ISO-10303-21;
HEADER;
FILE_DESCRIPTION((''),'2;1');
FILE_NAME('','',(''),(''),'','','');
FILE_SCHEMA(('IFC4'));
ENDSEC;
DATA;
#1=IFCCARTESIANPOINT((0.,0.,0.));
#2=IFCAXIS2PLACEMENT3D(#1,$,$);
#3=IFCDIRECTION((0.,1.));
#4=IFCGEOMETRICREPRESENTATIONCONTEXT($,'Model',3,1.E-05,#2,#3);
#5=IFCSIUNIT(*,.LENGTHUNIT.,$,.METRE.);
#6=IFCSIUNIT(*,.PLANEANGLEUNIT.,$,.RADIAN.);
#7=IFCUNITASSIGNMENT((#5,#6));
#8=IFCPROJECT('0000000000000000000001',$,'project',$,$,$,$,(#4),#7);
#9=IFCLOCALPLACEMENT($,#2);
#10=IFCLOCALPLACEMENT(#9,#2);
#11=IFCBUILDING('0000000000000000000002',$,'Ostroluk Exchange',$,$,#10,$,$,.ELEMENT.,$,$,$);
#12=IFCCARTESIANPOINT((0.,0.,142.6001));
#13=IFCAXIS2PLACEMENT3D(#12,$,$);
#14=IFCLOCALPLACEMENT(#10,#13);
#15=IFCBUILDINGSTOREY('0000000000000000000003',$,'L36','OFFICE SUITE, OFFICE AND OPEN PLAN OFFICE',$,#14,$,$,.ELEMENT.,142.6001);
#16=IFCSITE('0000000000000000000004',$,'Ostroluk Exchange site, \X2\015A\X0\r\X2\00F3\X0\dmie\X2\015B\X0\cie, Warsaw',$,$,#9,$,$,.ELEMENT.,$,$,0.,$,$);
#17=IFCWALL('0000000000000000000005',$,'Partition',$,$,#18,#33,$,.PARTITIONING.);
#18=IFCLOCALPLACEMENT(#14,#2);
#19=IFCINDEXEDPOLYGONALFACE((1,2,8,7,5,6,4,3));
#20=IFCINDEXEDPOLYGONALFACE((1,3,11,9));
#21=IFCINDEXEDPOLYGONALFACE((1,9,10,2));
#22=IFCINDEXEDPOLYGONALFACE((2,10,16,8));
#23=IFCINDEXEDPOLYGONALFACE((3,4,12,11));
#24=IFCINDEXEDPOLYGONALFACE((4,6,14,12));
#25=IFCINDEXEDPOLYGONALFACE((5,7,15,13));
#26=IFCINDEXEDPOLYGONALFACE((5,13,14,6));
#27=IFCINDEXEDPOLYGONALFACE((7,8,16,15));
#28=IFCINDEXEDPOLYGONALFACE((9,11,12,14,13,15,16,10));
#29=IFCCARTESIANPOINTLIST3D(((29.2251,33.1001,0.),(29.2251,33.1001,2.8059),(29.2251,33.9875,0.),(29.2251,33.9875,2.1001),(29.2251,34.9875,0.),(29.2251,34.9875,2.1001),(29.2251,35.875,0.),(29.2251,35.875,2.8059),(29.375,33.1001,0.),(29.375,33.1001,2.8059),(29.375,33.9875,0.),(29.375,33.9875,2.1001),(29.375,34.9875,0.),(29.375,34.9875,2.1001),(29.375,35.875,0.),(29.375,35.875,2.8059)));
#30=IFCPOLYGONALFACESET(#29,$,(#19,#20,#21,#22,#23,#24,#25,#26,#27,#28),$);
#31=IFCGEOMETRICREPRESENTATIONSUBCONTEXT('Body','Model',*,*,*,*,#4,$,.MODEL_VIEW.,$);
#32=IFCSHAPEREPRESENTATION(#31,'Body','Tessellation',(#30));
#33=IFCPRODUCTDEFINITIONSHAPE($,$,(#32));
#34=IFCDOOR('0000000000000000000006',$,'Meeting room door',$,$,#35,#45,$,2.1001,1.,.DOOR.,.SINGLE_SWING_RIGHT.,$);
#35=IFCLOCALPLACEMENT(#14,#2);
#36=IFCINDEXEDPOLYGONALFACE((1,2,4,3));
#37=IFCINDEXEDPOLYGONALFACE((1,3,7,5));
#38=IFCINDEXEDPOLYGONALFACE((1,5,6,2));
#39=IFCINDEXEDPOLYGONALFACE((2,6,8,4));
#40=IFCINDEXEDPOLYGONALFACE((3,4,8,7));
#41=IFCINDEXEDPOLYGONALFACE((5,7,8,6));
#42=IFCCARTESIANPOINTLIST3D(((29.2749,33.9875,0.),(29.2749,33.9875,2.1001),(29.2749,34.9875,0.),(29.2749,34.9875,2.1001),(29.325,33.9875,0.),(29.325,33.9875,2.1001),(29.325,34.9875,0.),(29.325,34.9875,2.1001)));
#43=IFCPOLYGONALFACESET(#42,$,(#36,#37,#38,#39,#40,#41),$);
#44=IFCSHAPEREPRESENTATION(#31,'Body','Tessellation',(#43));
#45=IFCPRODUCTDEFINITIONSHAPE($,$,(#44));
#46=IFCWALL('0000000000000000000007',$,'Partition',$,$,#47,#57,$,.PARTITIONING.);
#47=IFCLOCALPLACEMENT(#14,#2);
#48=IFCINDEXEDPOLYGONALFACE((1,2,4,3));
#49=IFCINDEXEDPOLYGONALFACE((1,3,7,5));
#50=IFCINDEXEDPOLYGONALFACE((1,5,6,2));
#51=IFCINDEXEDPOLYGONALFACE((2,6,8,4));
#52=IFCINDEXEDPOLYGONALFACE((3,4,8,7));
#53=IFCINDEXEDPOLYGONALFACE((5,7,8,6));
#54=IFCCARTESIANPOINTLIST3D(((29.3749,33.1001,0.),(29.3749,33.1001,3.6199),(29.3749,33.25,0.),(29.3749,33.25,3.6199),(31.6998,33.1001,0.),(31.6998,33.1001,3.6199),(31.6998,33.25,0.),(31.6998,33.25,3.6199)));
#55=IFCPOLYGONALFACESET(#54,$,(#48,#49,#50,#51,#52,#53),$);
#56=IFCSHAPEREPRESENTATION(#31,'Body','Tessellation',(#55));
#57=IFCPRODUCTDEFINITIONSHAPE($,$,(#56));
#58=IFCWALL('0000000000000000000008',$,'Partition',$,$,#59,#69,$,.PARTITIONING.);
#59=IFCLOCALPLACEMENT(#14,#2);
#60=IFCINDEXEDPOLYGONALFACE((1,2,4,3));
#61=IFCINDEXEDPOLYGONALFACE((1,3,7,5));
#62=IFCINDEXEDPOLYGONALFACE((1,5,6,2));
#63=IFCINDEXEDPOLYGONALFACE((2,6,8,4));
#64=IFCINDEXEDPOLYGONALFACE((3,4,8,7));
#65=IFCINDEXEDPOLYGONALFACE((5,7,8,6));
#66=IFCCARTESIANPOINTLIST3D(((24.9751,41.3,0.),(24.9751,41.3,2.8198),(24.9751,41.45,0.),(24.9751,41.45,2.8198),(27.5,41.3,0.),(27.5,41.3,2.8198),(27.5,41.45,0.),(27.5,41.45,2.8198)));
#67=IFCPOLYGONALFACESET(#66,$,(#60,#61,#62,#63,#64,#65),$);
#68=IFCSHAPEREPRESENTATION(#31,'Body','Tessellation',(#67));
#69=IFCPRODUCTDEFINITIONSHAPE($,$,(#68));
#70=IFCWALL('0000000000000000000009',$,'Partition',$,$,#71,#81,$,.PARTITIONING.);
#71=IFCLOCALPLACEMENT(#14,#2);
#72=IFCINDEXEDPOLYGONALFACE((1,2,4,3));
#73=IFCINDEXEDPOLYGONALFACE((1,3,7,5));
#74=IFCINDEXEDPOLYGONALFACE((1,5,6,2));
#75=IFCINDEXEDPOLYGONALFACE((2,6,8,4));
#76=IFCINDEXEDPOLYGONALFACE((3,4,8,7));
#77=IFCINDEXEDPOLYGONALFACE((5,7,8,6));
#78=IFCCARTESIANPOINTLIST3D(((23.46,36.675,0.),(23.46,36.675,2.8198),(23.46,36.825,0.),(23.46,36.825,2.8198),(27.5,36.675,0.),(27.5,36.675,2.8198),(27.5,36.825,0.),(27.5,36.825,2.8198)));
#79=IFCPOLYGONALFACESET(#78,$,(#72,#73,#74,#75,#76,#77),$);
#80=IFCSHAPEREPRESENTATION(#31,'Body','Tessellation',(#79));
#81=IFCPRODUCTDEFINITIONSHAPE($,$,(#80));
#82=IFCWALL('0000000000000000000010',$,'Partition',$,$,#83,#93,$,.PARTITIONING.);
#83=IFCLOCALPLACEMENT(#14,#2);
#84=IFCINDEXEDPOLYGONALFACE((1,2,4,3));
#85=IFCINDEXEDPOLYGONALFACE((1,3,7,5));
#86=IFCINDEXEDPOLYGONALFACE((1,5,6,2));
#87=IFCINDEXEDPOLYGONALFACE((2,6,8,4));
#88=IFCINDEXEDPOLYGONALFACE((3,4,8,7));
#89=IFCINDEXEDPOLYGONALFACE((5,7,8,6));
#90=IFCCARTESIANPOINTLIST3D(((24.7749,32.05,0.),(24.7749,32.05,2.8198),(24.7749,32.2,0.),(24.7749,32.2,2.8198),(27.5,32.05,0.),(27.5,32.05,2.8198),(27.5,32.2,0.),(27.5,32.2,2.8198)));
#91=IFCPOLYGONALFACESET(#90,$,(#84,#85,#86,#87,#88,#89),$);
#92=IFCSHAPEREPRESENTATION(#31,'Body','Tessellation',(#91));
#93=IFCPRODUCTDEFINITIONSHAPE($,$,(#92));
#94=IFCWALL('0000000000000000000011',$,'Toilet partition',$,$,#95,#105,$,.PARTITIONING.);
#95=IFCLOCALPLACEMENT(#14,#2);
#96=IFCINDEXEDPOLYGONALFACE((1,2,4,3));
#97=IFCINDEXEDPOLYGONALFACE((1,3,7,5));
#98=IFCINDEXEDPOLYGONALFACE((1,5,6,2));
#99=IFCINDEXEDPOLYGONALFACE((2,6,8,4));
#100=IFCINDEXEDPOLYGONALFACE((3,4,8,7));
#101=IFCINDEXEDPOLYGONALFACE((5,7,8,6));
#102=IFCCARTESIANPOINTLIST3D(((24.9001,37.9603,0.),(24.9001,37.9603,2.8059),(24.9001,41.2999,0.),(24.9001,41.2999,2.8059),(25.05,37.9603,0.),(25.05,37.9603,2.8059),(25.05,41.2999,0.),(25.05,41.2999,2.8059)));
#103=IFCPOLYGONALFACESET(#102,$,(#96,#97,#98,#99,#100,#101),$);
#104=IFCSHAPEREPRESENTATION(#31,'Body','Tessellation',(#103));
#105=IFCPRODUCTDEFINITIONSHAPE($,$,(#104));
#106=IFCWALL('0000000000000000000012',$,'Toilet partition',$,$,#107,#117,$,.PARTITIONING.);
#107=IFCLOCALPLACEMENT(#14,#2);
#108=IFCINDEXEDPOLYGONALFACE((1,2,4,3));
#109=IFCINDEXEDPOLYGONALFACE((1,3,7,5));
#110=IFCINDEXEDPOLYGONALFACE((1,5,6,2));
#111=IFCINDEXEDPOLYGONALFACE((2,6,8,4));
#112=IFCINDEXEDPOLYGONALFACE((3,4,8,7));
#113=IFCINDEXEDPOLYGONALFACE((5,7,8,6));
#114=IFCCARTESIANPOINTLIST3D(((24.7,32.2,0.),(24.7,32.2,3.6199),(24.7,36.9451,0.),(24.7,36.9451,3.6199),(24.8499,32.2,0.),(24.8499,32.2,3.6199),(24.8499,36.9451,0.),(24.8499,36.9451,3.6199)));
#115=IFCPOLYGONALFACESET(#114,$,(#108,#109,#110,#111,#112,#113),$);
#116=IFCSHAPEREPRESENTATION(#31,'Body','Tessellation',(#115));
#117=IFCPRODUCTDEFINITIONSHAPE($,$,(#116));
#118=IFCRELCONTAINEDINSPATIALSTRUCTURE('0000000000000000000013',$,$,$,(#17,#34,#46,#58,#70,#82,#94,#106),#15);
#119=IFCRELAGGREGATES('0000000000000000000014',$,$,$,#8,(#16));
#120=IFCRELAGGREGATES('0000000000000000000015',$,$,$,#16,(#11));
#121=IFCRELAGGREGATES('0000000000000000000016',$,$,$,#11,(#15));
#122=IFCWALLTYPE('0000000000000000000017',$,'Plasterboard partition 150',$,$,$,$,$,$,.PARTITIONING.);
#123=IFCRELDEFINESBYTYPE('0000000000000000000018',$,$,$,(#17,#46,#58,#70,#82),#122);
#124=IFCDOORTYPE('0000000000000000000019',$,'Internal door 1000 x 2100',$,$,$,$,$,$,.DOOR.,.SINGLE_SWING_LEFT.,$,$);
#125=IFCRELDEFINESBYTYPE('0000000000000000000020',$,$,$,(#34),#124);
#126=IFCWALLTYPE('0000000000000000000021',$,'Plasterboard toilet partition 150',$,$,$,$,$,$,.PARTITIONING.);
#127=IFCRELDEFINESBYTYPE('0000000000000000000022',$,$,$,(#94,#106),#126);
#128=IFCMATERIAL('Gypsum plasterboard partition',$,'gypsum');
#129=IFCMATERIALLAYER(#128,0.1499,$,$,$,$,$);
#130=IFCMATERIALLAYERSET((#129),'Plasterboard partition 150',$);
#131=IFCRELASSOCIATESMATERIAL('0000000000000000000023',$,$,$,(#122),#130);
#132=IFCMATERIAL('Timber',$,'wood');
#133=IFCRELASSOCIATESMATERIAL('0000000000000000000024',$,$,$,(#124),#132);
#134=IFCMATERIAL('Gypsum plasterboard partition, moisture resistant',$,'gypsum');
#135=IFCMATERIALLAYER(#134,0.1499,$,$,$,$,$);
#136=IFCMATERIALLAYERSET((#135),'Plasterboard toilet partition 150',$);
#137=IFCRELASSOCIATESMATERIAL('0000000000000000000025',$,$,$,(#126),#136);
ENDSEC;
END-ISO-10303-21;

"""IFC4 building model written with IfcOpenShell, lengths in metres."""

from ifc_helpers import new_model, si_unit, direction, frame, frame_2d, origin, place, context, subcontext, project, spatial, rectangle, extrude, material, layer, layer_set, type_object, element, fill, save


model = new_model("IFC4")

# Units and contexts
model_context = context("Model", 3, precision=1e-05, world=origin(), true_north=direction((0.0, 1.0)))
body_context = subcontext(model_context, "Body", "Model", "MODEL_VIEW")
ifc_project = project(units=[si_unit("LENGTHUNIT", "METRE"), si_unit("PLANEANGLEUNIT", "RADIAN")], contexts=[model_context])

# Site, building, storey
site_placement = place(None, origin())
site = spatial("IfcSite", under=ifc_project, at=site_placement, Name="Ostroluk Exchange site, Śródmieście, Warsaw", CompositionType="ELEMENT", RefElevation=0.0)
building_placement = place(site_placement, origin())
building = spatial("IfcBuilding", under=site, at=building_placement, Name="Ostroluk Exchange", CompositionType="ELEMENT")
storey_placement = place(building_placement, frame((0.0, 0.0, 142.6001)))
storey = spatial("IfcBuildingStorey", under=building, at=storey_placement, Name="L36", Description="OFFICE SUITE, OFFICE AND OPEN PLAN OFFICE", CompositionType="ELEMENT", Elevation=142.6001)

# Wall, opening, door
ifc_material_1 = material(Name="Gypsum plasterboard partition", Category="gypsum")
ifc_layer_1 = layer(ifc_material_1, 0.1499)
ifc_layer_set_1 = layer_set([ifc_layer_1], Name="Plasterboard partition 150")
wall_type_1 = type_object("IfcWallType", Name="Plasterboard partition 150", PredefinedType="PARTITIONING", material=ifc_layer_set_1)
wall_1_placement = place(storey_placement, frame((29.3, 35.875, 0.0), z_axis=(0.0, 0.0, 1.0), x_axis=(0.0, -1.0, 0.0)))
wall_1 = element("IfcWall", 1, at=wall_1_placement, inside=storey, type_object=wall_type_1, Name="Partition", PredefinedType="PARTITIONING", context=body_context, shape_type="SweptSolid", body=[
    extrude(rectangle(XDim=2.7749, YDim=0.1499, at=frame_2d((1.3875, 0.0))), origin(), (0.0, 0.0, 1.0), 2.8059),
])
opening_1_placement = place(wall_1_placement, frame((0.8875, 0.0, 0.0)))
opening_1 = element("IfcOpeningElement", 2, at=opening_1_placement, cuts=wall_1, PredefinedType="OPENING", context=body_context, shape_type="SweptSolid", body=[
    extrude(rectangle(XDim=1.0, YDim=2.1001, at=frame_2d((0.5, 1.05))), frame((0.0, 0.085, 0.0), z_axis=(0.0, -1.0, 0.0), x_axis=(1.0, 0.0, 0.0)), (0.0, 0.0, 1.0), 0.1699),
])
ifc_material_2 = material(Name="Timber", Category="wood")
door_type_1 = type_object("IfcDoorType", Name="Internal door 1000 x 2100", OperationType="SINGLE_SWING_LEFT", PredefinedType="DOOR", material=ifc_material_2)
door_1_placement = place(opening_1_placement, origin())
door_1 = element("IfcDoor", 3, at=door_1_placement, inside=storey, type_object=door_type_1, Name="Meeting room door", OperationType="SINGLE_SWING_RIGHT", OverallHeight=2.1001, OverallWidth=1.0, PredefinedType="DOOR", context=body_context, shape_type="SweptSolid", body=[
    extrude(rectangle(XDim=1.0, YDim=2.1001, at=frame_2d((0.5, 1.05))), frame((0.0, 0.0249, 0.0), z_axis=(0.0, -1.0, 0.0), x_axis=(1.0, 0.0, 0.0)), (0.0, 0.0, 1.0), 0.05),
])
fill(opening_1, door_1)

# Walls
wall_2_placement = place(storey_placement, frame((31.7, 33.175, 0.0), z_axis=(0.0, 0.0, 1.0), x_axis=(-1.0, 0.0, 0.0)))
element("IfcWall", 4, at=wall_2_placement, inside=storey, type_object=wall_type_1, Name="Partition", PredefinedType="PARTITIONING", context=body_context, shape_type="SweptSolid", body=[
    extrude(rectangle(XDim=2.325, YDim=0.1499, at=frame_2d((1.1626, 0.0))), origin(), (0.0, 0.0, 1.0), 3.6199),
])
wall_3_placement = place(storey_placement, frame((27.5, 41.375, 0.0), z_axis=(0.0, 0.0, 1.0), x_axis=(-1.0, 0.0, 0.0)))
element("IfcWall", 5, at=wall_3_placement, inside=storey, type_object=wall_type_1, Name="Partition", PredefinedType="PARTITIONING", context=body_context, shape_type="SweptSolid", body=[
    extrude(rectangle(XDim=2.5249, YDim=0.1499, at=frame_2d((1.2625, 0.0))), origin(), (0.0, 0.0, 1.0), 2.8198),
])
wall_4_placement = place(storey_placement, frame((27.5, 36.75, 0.0), z_axis=(0.0, 0.0, 1.0), x_axis=(-1.0, 0.0, 0.0)))
element("IfcWall", 6, at=wall_4_placement, inside=storey, type_object=wall_type_1, Name="Partition", PredefinedType="PARTITIONING", context=body_context, shape_type="SweptSolid", body=[
    extrude(rectangle(XDim=4.04, YDim=0.1499, at=frame_2d((2.02, 0.0))), origin(), (0.0, 0.0, 1.0), 2.8198),
])
wall_5_placement = place(storey_placement, frame((27.5, 32.125, 0.0), z_axis=(0.0, 0.0, 1.0), x_axis=(-1.0, 0.0, 0.0)))
element("IfcWall", 7, at=wall_5_placement, inside=storey, type_object=wall_type_1, Name="Partition", PredefinedType="PARTITIONING", context=body_context, shape_type="SweptSolid", body=[
    extrude(rectangle(XDim=2.7251, YDim=0.1499, at=frame_2d((1.3625, 0.0))), origin(), (0.0, 0.0, 1.0), 2.8198),
])
ifc_material_3 = material(Name="Gypsum plasterboard partition, moisture resistant", Category="gypsum")
ifc_layer_2 = layer(ifc_material_3, 0.1499)
ifc_layer_set_2 = layer_set([ifc_layer_2], Name="Plasterboard toilet partition 150")
wall_type_2 = type_object("IfcWallType", Name="Plasterboard toilet partition 150", PredefinedType="PARTITIONING", material=ifc_layer_set_2)
wall_6_placement = place(storey_placement, frame((24.9751, 41.3, 0.0), z_axis=(0.0, 0.0, 1.0), x_axis=(0.0, -1.0, 0.0)))
element("IfcWall", 8, at=wall_6_placement, inside=storey, type_object=wall_type_2, Name="Toilet partition", PredefinedType="PARTITIONING", context=body_context, shape_type="SweptSolid", body=[
    extrude(rectangle(XDim=3.3396, YDim=0.1499, at=frame_2d((1.6699, 0.0))), origin(), (0.0, 0.0, 1.0), 2.8059),
])
wall_7_placement = place(storey_placement, frame((24.7749, 36.9451, 0.0), z_axis=(0.0, 0.0, 1.0), x_axis=(0.0, -1.0, 0.0)))
element("IfcWall", 9, at=wall_7_placement, inside=storey, type_object=wall_type_2, Name="Toilet partition", PredefinedType="PARTITIONING", context=body_context, shape_type="SweptSolid", body=[
    extrude(rectangle(XDim=4.7451, YDim=0.1499, at=frame_2d((2.3726, 0.0))), origin(), (0.0, 0.0, 1.0), 3.6199),
])

save(model, "model.ifc")
